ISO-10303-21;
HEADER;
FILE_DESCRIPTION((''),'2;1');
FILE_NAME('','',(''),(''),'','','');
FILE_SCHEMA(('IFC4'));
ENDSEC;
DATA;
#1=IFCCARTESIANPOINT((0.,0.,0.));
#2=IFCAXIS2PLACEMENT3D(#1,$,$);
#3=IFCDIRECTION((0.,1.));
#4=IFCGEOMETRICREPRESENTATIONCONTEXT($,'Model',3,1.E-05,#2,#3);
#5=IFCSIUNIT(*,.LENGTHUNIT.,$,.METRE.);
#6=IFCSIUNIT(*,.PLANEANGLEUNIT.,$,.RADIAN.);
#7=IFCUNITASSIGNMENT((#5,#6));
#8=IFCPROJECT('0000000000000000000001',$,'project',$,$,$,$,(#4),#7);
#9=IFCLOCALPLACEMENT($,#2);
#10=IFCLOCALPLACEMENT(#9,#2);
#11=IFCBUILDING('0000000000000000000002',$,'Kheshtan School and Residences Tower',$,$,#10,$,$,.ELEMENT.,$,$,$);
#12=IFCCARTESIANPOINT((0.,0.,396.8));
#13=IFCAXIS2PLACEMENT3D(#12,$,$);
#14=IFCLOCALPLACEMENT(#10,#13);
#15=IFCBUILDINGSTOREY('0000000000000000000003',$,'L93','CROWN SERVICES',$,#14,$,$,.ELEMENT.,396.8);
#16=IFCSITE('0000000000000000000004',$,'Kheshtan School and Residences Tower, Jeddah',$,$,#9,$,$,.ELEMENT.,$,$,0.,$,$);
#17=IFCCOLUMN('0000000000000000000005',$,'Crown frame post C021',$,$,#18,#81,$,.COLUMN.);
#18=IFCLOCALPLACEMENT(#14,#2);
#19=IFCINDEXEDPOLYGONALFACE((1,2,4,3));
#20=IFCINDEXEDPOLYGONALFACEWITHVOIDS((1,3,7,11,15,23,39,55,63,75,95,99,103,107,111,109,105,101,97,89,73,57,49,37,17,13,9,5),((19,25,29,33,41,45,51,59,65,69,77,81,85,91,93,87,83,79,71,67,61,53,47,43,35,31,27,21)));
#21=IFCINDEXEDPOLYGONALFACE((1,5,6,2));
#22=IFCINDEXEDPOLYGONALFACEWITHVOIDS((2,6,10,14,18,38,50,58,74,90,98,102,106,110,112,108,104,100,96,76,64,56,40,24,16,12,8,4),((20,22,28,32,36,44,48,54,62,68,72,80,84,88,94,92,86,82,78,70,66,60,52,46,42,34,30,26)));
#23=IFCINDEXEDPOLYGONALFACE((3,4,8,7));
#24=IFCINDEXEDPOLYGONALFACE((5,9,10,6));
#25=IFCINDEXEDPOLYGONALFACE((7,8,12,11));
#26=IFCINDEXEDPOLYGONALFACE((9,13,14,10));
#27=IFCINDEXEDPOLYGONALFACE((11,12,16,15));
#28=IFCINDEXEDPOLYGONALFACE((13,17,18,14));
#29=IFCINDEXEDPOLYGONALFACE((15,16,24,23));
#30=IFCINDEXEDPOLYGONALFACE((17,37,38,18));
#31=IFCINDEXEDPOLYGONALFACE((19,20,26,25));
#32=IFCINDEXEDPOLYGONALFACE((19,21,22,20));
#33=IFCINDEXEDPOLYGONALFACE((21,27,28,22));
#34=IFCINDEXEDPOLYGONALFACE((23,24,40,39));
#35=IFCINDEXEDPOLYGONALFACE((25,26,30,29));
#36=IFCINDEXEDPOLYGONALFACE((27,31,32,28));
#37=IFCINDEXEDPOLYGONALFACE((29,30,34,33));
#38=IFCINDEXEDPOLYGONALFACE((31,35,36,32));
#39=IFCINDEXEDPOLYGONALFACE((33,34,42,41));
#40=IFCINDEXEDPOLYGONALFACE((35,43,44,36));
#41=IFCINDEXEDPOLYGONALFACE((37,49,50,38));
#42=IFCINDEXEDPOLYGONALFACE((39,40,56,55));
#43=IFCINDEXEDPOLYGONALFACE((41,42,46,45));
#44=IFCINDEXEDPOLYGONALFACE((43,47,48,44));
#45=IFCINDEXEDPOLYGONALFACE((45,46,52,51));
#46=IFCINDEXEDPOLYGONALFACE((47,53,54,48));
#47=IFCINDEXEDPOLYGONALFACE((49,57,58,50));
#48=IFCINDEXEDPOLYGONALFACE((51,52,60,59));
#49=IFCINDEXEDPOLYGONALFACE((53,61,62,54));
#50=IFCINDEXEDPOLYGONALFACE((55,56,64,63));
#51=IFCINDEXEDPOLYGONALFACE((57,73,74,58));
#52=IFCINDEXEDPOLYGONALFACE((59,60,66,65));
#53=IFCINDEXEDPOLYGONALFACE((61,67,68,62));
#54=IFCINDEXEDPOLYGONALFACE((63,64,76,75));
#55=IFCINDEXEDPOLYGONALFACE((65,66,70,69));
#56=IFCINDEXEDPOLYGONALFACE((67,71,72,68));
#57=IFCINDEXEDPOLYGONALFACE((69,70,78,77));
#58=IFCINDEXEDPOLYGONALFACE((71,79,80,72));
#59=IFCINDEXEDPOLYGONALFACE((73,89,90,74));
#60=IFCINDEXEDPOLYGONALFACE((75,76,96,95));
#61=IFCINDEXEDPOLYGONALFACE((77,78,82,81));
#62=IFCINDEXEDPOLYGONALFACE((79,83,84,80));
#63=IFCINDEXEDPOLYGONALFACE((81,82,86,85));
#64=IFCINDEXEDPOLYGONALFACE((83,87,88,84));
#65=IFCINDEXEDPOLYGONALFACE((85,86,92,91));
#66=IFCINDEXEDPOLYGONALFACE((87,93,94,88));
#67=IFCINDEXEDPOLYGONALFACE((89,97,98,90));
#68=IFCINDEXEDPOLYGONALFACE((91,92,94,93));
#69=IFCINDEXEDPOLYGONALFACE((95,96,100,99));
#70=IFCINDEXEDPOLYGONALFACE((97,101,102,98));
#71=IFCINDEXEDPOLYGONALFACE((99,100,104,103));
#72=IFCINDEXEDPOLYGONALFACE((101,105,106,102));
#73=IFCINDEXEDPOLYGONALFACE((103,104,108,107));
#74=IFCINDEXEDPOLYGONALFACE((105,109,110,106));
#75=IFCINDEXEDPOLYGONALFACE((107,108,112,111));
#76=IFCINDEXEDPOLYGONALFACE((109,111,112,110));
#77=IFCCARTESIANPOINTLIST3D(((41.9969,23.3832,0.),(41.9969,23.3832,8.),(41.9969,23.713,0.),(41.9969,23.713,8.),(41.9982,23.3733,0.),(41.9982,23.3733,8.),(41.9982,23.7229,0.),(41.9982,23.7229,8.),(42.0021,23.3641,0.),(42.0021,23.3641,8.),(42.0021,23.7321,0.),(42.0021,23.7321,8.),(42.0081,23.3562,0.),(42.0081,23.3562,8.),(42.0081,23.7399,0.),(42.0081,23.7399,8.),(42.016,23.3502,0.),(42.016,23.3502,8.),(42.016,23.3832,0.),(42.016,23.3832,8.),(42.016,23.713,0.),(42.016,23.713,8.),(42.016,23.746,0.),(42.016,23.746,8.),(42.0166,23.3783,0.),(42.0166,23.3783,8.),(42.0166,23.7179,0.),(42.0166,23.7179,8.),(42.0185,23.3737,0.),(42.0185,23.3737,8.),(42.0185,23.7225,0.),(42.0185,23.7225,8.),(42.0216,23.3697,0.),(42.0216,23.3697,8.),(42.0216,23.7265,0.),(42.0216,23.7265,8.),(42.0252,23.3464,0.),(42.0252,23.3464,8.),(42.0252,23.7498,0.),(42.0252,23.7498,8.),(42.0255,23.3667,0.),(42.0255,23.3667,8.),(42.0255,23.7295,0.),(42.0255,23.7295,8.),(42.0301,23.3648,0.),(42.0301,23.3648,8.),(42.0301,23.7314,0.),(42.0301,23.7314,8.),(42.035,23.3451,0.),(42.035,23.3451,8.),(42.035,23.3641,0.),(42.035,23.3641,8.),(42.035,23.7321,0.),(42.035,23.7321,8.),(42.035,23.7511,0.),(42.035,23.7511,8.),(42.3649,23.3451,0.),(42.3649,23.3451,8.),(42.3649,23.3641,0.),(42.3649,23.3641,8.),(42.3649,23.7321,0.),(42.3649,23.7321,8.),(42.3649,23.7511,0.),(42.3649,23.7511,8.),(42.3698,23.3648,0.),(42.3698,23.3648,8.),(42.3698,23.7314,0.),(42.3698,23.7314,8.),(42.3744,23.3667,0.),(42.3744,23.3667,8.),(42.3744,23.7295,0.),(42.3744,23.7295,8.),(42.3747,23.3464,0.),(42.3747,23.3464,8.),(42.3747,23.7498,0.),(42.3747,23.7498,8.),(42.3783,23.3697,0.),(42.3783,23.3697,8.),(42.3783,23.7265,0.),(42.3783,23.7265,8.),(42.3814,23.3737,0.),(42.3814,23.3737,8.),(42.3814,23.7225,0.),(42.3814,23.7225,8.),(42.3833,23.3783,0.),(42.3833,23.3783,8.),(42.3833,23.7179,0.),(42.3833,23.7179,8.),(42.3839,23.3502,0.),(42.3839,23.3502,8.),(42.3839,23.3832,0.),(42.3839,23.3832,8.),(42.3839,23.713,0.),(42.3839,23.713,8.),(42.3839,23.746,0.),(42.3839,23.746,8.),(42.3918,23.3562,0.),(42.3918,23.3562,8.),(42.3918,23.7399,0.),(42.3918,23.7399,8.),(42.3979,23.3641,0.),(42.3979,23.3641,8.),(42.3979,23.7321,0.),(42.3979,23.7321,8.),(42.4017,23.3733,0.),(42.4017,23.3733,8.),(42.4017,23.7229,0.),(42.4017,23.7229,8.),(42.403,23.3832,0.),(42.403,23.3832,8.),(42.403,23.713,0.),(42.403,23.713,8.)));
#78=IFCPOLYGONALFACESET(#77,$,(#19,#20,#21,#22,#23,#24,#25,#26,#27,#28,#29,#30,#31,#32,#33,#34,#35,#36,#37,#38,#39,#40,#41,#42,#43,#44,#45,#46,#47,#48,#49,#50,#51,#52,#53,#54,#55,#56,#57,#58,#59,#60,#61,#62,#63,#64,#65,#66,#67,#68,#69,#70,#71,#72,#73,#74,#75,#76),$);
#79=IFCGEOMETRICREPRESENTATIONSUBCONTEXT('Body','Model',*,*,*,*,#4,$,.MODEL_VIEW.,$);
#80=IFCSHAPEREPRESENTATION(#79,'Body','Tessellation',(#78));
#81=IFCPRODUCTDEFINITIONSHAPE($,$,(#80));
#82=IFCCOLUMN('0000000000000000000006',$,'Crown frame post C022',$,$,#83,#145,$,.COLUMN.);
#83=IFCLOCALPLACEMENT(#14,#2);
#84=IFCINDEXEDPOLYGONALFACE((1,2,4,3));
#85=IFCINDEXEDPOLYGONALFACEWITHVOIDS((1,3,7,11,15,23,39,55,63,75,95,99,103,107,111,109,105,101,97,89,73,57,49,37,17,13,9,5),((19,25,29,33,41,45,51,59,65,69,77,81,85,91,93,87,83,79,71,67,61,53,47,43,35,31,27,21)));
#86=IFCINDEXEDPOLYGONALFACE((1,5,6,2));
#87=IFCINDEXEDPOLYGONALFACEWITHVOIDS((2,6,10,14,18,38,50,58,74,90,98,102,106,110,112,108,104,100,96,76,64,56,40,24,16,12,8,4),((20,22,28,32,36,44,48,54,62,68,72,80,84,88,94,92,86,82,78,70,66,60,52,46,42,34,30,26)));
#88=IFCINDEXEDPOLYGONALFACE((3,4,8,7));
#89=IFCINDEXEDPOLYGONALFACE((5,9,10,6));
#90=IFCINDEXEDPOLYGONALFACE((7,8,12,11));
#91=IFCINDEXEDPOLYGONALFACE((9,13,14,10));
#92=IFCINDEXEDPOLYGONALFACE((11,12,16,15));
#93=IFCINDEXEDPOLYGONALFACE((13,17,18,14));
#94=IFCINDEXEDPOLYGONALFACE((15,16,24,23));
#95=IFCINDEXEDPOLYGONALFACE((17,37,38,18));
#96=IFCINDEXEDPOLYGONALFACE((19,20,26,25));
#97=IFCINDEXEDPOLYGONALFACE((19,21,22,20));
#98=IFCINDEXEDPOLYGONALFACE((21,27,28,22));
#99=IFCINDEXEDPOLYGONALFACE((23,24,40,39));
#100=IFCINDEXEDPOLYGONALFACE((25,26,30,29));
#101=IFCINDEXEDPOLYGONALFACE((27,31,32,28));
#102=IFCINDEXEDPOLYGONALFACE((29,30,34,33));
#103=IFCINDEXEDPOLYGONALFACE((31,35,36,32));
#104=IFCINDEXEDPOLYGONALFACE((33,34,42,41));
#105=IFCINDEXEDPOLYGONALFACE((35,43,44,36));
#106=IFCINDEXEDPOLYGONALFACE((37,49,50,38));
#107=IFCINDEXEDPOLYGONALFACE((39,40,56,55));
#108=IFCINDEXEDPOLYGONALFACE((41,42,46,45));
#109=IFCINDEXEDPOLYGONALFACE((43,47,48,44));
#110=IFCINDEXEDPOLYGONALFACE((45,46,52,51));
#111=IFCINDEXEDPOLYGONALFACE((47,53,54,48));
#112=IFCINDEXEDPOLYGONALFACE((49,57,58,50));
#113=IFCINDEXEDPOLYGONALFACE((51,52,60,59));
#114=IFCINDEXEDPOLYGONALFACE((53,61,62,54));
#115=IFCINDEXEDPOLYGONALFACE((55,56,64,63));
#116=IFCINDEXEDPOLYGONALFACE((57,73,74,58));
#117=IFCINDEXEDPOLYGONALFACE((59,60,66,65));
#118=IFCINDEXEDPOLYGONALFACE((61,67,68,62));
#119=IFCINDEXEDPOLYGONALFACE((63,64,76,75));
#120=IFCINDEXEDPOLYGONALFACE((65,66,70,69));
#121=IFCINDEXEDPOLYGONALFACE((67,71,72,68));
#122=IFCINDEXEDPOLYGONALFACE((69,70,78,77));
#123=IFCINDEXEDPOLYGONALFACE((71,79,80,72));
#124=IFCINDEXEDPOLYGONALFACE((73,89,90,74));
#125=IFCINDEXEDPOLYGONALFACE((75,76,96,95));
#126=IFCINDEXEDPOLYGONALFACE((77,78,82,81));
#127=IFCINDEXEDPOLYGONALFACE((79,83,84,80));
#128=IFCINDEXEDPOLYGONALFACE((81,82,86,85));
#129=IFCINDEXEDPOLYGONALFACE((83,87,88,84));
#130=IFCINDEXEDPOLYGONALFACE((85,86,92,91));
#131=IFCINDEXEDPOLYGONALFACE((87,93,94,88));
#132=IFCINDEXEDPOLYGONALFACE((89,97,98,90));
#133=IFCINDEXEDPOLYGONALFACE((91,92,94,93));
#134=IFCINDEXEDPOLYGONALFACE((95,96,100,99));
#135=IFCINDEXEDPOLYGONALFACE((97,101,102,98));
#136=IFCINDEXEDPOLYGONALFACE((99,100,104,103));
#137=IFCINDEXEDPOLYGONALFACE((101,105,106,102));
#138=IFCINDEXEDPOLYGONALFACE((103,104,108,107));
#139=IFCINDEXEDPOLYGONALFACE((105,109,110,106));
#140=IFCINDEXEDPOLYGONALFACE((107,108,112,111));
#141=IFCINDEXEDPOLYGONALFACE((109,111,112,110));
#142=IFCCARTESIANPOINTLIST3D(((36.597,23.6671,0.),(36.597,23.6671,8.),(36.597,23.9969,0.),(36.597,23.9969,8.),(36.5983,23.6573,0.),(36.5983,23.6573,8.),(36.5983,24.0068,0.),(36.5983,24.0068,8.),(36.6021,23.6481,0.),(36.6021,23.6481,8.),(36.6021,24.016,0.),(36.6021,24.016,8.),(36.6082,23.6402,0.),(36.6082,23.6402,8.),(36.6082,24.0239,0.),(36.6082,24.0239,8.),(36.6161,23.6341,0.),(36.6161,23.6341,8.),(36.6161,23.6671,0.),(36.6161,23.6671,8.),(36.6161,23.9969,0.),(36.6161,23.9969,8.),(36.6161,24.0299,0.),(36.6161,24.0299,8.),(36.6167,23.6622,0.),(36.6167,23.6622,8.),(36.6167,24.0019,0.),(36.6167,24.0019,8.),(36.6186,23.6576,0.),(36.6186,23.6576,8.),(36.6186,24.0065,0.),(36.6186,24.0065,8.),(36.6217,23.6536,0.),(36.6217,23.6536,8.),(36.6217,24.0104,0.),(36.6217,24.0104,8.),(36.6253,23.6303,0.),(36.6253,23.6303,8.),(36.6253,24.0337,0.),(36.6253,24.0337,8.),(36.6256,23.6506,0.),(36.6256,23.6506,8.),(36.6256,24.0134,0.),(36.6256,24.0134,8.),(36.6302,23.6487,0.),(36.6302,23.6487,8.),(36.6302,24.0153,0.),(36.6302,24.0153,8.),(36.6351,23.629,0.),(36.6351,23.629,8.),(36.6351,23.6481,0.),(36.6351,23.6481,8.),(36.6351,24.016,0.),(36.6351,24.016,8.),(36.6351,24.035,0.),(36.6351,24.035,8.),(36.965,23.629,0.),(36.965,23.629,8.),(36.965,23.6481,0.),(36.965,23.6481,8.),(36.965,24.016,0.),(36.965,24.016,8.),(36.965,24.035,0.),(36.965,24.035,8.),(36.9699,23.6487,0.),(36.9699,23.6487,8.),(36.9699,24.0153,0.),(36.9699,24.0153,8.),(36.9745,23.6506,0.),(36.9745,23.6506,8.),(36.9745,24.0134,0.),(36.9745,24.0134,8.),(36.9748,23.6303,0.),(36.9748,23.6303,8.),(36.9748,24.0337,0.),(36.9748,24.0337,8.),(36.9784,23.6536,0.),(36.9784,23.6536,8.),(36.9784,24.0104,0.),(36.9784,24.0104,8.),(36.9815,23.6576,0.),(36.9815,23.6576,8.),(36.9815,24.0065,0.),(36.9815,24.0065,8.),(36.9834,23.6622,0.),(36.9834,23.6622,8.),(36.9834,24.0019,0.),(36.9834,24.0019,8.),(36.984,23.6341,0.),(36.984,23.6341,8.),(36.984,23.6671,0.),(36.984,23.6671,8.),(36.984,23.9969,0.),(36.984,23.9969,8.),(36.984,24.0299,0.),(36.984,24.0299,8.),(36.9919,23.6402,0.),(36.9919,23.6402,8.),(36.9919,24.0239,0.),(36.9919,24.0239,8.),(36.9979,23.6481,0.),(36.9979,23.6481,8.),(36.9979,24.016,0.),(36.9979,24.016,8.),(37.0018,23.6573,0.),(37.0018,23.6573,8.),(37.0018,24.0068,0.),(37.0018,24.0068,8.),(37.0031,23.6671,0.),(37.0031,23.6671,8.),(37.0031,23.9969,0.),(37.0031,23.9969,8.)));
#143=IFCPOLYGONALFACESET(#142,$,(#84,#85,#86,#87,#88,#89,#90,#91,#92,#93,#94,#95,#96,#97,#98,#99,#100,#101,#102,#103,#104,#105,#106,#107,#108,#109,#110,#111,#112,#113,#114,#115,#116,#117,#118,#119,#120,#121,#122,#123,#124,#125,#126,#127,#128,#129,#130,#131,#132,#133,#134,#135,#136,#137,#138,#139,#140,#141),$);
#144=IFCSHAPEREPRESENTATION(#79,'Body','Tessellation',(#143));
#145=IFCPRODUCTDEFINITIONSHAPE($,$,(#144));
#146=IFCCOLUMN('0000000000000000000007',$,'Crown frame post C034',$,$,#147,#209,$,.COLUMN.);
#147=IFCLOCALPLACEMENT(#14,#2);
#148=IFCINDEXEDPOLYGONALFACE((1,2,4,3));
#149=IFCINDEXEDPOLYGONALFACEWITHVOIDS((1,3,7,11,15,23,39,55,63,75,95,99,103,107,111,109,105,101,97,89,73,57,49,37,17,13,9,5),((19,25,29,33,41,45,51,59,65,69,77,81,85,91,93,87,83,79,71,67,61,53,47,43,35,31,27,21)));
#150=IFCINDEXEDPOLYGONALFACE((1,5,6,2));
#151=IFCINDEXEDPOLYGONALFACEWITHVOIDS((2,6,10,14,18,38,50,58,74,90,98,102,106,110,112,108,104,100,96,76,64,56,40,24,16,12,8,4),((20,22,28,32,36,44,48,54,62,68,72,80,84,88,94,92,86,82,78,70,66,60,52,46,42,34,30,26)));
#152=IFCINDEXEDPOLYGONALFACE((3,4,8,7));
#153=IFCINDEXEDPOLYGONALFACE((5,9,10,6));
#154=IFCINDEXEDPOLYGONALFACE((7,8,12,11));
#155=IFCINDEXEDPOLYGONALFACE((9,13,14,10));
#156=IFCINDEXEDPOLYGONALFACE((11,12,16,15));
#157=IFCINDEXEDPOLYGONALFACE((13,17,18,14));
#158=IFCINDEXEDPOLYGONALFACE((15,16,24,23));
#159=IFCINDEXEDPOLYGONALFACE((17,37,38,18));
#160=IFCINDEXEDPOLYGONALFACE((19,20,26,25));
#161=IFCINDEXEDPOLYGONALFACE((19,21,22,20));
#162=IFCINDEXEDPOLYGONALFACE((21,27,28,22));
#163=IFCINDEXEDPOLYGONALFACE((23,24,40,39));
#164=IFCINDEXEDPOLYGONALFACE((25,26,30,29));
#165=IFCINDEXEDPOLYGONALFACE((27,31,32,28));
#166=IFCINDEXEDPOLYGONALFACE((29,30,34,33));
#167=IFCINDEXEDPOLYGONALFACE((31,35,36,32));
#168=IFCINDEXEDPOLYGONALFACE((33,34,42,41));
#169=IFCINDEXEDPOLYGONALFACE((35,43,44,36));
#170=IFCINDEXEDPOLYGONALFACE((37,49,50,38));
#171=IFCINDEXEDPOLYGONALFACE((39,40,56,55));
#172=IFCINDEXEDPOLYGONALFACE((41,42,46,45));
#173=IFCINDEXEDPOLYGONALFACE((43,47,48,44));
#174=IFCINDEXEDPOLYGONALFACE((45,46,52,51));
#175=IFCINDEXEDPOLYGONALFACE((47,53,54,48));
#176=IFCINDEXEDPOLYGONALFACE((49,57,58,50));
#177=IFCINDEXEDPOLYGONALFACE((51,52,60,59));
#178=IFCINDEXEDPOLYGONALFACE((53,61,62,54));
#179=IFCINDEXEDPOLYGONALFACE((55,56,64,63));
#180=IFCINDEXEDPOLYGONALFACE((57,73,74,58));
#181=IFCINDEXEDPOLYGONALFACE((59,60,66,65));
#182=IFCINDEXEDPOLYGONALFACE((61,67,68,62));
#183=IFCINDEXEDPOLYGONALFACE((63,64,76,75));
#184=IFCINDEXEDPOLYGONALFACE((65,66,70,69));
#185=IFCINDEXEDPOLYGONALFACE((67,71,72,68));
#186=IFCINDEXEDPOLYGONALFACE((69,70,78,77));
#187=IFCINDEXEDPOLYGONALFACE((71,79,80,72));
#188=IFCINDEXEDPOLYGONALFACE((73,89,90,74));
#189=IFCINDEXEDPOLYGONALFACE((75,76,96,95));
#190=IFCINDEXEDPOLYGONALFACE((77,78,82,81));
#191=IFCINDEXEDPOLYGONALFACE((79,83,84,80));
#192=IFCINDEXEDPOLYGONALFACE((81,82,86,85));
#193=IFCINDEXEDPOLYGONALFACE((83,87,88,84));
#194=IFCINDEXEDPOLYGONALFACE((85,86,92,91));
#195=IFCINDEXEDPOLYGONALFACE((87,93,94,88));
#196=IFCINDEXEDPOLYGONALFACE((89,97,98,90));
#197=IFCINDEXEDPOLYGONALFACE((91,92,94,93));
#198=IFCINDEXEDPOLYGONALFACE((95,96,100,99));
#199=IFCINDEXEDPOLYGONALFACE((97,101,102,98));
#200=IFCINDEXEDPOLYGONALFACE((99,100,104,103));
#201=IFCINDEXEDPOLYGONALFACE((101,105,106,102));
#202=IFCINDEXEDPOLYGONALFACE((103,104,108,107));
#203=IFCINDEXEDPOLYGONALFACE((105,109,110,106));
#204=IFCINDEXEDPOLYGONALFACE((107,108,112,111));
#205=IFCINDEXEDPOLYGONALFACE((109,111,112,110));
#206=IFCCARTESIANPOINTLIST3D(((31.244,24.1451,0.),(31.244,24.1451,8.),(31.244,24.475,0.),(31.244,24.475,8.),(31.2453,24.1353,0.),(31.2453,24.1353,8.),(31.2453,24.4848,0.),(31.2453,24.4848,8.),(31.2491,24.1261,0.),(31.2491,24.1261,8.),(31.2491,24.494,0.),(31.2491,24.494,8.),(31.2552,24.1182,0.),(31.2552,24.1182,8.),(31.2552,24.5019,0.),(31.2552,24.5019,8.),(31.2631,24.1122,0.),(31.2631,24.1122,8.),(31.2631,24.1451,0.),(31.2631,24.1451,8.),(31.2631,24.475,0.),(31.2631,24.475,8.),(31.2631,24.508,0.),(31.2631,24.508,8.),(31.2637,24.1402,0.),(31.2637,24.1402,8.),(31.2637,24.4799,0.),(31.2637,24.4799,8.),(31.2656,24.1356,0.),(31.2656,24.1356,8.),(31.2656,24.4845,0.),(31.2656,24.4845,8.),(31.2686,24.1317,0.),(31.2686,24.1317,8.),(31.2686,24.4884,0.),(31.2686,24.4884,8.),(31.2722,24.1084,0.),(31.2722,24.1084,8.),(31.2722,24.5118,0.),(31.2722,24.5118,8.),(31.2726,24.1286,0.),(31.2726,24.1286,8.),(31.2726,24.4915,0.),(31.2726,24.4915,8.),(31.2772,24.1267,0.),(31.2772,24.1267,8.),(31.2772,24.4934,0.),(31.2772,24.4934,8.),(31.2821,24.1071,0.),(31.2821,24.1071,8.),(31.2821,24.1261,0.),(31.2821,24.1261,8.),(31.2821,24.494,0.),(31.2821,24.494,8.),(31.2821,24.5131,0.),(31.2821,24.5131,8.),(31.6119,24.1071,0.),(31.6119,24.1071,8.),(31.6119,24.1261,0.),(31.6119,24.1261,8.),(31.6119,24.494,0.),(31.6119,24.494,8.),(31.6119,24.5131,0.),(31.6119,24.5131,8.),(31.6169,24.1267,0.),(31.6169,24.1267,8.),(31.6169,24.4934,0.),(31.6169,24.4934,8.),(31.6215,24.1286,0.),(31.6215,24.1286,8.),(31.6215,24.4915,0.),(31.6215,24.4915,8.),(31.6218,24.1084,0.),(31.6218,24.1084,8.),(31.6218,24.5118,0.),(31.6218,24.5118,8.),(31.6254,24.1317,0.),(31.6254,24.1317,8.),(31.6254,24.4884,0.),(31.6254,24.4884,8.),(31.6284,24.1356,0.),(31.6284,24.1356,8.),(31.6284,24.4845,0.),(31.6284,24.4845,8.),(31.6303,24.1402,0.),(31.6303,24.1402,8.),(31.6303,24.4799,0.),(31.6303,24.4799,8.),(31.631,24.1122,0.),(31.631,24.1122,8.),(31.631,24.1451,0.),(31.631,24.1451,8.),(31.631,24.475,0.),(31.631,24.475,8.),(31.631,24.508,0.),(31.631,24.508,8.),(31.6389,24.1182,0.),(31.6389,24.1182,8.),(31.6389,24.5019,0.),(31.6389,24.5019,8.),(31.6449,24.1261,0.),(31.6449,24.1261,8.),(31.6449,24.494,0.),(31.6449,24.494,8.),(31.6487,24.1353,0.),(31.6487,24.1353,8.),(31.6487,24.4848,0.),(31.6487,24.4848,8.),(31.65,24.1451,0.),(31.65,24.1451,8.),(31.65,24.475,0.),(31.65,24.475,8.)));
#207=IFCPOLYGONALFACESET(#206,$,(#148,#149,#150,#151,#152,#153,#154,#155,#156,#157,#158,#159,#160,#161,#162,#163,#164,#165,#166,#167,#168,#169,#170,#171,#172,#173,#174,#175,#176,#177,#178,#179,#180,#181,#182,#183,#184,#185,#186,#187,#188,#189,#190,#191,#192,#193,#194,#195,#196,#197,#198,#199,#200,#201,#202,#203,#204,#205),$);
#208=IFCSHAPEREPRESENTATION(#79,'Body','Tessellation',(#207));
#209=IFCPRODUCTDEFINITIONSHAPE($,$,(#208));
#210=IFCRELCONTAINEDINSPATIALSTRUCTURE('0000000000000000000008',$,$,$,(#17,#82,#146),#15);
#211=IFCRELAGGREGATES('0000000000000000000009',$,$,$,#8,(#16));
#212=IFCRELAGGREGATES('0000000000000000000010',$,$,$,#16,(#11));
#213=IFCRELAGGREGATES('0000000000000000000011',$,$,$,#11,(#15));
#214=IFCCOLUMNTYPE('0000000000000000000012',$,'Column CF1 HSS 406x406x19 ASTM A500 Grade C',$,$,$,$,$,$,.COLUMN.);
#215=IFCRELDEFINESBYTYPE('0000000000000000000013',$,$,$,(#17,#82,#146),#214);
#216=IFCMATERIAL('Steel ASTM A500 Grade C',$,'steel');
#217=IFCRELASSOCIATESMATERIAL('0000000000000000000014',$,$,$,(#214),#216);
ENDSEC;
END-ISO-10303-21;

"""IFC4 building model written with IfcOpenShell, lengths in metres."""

from ifc_helpers import new_model, si_unit, direction, frame, origin, origin_2d, place, context, subcontext, project, spatial, hollow_rectangle, extrude, material, material_profile, profile_set, type_object, element, save


model = new_model("IFC4")

# Units and contexts
model_context = context("Model", 3, precision=1e-05, world=origin(), true_north=direction((0.0, 1.0)))
body_context = subcontext(model_context, "Body", "Model", "MODEL_VIEW")
ifc_project = project(units=[si_unit("LENGTHUNIT", "METRE"), si_unit("PLANEANGLEUNIT", "RADIAN")], contexts=[model_context])

# Site, building, storey
site_placement = place(None, origin())
site = spatial("IfcSite", under=ifc_project, at=site_placement, Name="Kheshtan School and Residences Tower, Jeddah", CompositionType="ELEMENT", RefElevation=0.0)
building_placement = place(site_placement, origin())
building = spatial("IfcBuilding", under=site, at=building_placement, Name="Kheshtan School and Residences Tower", CompositionType="ELEMENT")
storey_placement = place(building_placement, frame((0.0, 0.0, 396.8)))
storey = spatial("IfcBuildingStorey", under=building, at=storey_placement, Name="L93", Description="CROWN SERVICES", CompositionType="ELEMENT", Elevation=396.8)

# Columns
ifc_material_1 = material(Name="Steel ASTM A500 Grade C", Category="steel")
ifc_material_profile_1 = material_profile(ifc_material_1, hollow_rectangle(XDim=0.406, YDim=0.406, WallThickness=0.019, InnerFilletRadius=0.019, OuterFilletRadius=0.0381, at=origin_2d()), Name="HSS 406x406x19")
ifc_profile_set_1 = profile_set([ifc_material_profile_1], Name="Steel ASTM A500 Grade C")
column_type = type_object("IfcColumnType", Name="Column CF1 HSS 406x406x19 ASTM A500 Grade C", PredefinedType="COLUMN", material=ifc_profile_set_1)
for number, where, z_axis, x_axis, name in (
    (1, (42.2, 23.5481, 0.0), (0.0, 0.0, 1.0), (1.0, 0.0, 0.0), "Crown frame post C021"),
    (2, (36.8, 23.832, 0.0), (0.0, 0.0, 1.0), (1.0, 0.0, 0.0), "Crown frame post C022"),
    (3, (31.447, 24.3101, 0.0), (0.0, 0.0, 1.0), (1.0, 0.0, 0.0), "Crown frame post C034"),
):
    element("IfcColumn", number, at=place(storey_placement, frame(where, z_axis=z_axis, x_axis=x_axis)), inside=storey, type_object=column_type, Name=name, PredefinedType="COLUMN", context=body_context, shape_type="SweptSolid", body=[
        extrude(hollow_rectangle(XDim=0.406, YDim=0.406, WallThickness=0.019, InnerFilletRadius=0.019, OuterFilletRadius=0.0381, at=origin_2d()), origin(), (0.0, 0.0, 1.0), 8.0),
    ])

save(model, "model.ifc")
